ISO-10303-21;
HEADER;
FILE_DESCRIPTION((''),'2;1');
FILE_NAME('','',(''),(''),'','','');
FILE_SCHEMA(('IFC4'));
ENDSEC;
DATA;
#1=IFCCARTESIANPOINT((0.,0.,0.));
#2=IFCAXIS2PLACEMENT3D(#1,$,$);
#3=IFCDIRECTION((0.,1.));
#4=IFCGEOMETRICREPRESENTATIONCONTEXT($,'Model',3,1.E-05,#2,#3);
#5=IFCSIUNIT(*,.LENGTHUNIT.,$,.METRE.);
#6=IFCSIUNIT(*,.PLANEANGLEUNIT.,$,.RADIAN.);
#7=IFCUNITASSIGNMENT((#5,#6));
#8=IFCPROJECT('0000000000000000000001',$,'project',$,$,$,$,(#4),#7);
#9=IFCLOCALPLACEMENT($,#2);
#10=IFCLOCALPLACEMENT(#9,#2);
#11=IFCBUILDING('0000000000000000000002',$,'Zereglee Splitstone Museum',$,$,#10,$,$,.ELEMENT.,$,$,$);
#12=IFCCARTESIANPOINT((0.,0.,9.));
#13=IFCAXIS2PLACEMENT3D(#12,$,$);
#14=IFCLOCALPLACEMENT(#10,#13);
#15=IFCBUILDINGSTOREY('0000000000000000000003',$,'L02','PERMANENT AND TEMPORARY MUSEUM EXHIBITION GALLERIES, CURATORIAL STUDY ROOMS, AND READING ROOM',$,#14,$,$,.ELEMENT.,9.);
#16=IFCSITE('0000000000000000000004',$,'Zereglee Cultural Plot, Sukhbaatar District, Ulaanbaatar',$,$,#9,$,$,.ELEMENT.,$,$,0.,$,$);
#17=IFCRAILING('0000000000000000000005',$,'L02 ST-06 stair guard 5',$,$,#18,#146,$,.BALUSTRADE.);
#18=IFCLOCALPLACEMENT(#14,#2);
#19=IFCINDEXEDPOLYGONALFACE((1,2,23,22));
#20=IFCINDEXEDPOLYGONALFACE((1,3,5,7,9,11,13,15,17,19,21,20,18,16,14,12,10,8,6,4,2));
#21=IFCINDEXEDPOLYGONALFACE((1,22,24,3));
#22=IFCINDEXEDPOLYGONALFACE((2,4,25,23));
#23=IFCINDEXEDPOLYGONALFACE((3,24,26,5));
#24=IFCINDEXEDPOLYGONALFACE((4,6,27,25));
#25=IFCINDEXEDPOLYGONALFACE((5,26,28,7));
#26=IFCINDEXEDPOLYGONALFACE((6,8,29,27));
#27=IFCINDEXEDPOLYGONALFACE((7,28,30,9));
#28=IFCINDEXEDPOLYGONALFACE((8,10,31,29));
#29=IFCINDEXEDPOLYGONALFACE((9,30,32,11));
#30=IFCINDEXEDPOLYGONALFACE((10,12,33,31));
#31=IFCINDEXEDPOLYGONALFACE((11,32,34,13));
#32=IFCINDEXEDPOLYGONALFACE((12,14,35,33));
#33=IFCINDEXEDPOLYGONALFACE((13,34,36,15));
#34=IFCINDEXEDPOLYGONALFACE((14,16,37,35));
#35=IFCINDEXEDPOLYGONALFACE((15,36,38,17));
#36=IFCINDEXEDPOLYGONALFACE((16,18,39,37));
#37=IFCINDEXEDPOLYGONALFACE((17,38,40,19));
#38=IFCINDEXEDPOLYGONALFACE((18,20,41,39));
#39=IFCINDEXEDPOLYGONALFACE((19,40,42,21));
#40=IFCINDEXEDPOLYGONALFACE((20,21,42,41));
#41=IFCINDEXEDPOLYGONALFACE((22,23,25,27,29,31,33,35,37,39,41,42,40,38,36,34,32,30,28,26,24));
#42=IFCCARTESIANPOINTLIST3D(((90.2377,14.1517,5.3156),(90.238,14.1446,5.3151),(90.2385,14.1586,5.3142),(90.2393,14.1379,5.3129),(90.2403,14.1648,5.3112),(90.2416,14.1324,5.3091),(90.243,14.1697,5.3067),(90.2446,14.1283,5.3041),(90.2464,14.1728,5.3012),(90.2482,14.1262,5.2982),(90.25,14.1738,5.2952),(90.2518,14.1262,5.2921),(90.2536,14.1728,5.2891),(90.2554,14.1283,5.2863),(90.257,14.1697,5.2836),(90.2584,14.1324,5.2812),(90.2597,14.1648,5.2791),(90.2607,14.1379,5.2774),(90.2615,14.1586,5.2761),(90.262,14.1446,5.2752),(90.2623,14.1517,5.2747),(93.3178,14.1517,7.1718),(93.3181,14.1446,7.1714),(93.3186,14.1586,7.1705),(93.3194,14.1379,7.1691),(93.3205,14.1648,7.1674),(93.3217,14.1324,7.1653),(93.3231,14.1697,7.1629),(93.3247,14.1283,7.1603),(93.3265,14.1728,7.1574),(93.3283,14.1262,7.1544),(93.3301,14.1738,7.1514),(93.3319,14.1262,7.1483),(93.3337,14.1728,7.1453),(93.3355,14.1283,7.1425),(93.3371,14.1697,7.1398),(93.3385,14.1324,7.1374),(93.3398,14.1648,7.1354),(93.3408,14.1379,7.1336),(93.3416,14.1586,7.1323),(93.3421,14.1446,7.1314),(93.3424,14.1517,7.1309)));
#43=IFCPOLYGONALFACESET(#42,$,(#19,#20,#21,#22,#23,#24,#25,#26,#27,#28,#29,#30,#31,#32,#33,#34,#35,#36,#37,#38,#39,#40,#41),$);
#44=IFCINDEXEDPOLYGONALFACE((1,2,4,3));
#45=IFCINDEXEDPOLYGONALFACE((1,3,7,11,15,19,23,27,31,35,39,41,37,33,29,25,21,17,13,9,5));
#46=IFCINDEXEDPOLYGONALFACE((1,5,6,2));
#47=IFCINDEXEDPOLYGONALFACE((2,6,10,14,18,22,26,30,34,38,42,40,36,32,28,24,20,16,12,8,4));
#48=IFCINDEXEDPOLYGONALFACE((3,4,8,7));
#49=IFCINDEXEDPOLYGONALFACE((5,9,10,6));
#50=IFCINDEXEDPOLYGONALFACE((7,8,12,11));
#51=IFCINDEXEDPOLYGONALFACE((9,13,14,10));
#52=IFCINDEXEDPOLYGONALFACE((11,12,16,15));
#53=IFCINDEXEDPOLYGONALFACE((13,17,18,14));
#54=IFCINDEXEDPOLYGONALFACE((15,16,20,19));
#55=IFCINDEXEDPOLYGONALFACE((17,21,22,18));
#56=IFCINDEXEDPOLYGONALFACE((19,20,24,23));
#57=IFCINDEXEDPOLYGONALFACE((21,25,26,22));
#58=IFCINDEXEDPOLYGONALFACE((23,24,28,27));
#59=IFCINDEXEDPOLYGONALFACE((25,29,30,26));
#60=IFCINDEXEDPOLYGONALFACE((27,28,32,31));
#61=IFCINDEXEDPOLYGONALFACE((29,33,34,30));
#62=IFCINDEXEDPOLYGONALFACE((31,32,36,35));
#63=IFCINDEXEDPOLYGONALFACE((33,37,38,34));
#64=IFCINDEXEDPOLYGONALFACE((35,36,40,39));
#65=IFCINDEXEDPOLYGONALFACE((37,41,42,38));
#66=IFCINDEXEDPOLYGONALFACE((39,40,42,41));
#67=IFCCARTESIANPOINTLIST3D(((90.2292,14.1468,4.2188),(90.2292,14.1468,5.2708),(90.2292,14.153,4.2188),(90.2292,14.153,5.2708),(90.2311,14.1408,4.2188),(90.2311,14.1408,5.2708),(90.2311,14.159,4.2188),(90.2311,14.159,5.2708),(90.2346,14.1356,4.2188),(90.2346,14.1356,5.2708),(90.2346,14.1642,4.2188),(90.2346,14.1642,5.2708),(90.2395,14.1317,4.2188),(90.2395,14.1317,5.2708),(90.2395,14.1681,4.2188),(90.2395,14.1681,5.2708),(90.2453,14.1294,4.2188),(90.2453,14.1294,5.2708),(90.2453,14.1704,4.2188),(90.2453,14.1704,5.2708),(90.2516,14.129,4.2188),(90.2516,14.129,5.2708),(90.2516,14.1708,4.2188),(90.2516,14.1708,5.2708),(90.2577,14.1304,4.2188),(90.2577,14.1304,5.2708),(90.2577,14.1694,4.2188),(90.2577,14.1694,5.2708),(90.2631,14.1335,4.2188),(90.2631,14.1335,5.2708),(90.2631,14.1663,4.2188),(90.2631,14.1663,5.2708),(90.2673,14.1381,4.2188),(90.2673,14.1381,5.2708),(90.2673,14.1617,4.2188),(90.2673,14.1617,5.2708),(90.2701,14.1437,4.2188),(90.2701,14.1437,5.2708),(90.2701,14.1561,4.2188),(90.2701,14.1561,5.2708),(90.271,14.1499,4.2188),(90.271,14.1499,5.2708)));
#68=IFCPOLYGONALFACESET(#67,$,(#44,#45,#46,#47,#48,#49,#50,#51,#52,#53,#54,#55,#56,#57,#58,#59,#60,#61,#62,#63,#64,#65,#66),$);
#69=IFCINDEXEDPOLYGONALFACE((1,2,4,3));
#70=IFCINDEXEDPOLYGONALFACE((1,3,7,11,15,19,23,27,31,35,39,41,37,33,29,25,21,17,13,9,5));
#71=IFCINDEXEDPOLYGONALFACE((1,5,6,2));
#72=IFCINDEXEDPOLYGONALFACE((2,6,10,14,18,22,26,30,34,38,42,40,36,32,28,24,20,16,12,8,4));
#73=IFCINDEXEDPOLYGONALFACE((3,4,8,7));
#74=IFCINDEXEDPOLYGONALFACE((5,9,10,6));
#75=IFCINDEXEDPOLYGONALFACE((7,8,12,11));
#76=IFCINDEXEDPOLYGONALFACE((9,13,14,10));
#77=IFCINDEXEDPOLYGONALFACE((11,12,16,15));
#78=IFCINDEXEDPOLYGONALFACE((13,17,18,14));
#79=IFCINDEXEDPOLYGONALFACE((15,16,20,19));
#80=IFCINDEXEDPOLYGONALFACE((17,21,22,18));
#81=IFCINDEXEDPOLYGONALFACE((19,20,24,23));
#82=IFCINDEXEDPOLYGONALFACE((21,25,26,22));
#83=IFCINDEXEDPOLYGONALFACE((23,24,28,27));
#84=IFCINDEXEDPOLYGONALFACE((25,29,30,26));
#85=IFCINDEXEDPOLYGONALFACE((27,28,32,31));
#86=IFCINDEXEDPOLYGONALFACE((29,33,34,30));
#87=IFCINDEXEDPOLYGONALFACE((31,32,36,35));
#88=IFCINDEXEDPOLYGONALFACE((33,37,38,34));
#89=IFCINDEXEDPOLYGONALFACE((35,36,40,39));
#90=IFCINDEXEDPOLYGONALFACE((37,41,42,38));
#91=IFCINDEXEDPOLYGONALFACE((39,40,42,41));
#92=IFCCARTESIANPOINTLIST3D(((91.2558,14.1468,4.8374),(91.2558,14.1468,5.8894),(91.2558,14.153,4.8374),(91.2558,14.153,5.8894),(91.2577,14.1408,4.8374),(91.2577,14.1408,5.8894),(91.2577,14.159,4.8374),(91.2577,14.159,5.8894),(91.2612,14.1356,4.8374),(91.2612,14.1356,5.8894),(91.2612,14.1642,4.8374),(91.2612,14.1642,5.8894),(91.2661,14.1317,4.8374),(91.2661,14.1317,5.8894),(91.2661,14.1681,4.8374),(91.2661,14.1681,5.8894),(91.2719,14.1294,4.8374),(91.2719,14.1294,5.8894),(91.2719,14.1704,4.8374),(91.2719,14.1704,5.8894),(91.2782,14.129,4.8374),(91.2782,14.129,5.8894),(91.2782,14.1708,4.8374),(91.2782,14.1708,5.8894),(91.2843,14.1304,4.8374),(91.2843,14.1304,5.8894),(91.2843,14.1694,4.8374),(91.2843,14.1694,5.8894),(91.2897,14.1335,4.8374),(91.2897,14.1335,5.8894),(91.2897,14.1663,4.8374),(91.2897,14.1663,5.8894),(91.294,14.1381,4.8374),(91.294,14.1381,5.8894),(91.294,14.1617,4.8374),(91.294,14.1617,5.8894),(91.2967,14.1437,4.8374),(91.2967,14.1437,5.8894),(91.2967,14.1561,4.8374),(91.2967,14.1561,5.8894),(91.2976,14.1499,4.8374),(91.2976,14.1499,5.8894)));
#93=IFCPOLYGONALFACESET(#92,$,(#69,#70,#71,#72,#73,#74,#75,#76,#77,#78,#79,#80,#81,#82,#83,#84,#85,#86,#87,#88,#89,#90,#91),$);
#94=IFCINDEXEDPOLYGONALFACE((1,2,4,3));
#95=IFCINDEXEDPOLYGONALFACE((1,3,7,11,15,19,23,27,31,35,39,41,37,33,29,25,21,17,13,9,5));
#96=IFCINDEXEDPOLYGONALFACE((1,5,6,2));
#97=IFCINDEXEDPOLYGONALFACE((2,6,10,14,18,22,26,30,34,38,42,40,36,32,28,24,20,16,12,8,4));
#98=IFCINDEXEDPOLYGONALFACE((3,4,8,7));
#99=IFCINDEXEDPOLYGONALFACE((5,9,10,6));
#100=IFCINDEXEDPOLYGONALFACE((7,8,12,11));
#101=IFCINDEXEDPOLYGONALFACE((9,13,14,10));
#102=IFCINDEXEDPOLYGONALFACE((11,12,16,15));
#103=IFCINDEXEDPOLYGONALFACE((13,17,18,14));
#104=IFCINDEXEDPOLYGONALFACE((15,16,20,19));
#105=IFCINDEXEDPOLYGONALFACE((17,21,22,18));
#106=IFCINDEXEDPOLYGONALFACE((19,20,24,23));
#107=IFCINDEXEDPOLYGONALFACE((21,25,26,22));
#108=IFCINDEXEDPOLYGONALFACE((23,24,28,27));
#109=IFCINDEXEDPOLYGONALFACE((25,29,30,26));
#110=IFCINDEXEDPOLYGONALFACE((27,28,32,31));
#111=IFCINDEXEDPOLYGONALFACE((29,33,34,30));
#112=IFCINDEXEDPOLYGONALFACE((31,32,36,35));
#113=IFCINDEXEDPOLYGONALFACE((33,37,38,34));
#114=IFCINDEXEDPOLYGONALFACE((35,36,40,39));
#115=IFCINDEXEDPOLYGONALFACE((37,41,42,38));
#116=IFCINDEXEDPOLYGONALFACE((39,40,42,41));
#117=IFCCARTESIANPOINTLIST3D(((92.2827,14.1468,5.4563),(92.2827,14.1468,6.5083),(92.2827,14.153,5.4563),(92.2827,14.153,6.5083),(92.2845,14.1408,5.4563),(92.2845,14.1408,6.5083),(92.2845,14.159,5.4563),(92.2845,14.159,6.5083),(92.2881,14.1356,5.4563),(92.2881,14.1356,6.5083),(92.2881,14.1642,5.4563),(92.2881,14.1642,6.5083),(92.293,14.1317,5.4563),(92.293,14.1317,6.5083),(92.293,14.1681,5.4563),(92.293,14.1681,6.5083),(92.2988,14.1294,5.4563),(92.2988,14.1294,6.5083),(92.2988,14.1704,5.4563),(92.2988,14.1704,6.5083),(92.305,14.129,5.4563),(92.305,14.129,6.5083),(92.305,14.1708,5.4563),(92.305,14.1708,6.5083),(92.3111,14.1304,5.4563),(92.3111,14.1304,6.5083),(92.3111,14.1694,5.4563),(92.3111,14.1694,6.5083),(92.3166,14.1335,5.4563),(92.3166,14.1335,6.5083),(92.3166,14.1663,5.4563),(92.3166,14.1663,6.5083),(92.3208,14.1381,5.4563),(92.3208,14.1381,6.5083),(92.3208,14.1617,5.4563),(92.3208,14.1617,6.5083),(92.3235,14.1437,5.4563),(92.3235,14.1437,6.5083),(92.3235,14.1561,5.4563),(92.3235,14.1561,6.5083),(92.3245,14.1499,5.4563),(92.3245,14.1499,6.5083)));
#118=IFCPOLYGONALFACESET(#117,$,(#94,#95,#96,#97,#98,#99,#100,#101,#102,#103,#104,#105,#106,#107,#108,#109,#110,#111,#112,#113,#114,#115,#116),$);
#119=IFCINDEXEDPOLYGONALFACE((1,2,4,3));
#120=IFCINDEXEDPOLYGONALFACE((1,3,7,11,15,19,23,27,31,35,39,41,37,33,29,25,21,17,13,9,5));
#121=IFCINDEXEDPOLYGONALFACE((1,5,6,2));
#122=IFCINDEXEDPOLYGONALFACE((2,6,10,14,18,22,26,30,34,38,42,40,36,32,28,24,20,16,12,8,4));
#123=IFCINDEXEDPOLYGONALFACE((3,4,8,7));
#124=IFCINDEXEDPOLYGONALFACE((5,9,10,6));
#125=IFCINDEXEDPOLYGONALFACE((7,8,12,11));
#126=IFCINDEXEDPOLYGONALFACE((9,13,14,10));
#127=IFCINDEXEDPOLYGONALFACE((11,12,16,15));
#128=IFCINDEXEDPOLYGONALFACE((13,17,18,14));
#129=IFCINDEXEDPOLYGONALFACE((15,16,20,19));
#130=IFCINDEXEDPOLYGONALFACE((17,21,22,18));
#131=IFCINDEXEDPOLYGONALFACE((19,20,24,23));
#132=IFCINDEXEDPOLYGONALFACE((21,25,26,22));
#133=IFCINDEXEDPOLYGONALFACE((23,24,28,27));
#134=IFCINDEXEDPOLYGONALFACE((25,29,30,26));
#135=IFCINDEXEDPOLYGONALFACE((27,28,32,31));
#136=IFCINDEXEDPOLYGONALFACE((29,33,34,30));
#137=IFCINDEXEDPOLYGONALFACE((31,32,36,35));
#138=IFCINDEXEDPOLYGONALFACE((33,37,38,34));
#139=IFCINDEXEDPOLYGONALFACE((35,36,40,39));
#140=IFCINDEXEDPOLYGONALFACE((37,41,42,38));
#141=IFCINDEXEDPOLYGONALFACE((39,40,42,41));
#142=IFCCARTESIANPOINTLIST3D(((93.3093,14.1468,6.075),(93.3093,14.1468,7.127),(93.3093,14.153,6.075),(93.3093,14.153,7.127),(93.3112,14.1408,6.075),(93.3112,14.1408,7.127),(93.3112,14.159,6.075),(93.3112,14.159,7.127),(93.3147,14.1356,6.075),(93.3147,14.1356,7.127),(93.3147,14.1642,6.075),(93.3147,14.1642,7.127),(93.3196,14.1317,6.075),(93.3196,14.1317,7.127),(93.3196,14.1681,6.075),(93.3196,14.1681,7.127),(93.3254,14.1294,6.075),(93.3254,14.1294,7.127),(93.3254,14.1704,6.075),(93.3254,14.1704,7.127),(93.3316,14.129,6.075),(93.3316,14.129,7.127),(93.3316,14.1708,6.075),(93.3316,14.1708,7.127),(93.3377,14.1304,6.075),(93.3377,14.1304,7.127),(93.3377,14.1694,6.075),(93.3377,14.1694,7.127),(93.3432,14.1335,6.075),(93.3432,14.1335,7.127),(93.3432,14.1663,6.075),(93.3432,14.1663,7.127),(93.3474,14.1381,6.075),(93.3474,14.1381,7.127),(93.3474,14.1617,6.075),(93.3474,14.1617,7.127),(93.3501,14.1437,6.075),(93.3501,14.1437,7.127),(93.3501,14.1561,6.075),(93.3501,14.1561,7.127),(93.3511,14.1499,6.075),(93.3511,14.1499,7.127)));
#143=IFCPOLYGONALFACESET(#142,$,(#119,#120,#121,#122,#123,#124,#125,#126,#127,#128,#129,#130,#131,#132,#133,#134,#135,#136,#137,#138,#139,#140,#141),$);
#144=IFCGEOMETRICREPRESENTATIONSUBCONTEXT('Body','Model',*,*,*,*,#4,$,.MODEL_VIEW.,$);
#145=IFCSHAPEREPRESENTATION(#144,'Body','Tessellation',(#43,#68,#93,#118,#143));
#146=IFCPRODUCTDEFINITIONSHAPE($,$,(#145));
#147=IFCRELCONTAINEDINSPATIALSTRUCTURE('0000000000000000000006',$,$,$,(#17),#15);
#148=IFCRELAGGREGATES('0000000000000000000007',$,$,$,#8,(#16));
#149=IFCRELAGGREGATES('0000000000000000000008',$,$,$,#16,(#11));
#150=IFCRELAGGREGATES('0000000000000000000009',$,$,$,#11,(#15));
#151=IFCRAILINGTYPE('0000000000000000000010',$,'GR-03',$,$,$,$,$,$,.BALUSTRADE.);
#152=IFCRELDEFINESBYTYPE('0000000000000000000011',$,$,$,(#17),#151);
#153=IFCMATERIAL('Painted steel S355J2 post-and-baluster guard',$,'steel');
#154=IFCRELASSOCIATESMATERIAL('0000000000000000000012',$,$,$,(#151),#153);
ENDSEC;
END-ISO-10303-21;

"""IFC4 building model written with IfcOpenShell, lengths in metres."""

from ifc_helpers import new_model, si_unit, direction, frame, origin, origin_2d, place, context, subcontext, project, spatial, circle, extrude, material, type_object, element, save


model = new_model("IFC4")

# Units and contexts
model_context = context("Model", 3, precision=1e-05, world=origin(), true_north=direction((0.0, 1.0)))
body_context = subcontext(model_context, "Body", "Model", "MODEL_VIEW")
ifc_project = project(units=[si_unit("LENGTHUNIT", "METRE"), si_unit("PLANEANGLEUNIT", "RADIAN")], contexts=[model_context])

# Site, building, storey
site_placement = place(None, origin())
site = spatial("IfcSite", under=ifc_project, at=site_placement, Name="Zereglee Cultural Plot, Sukhbaatar District, Ulaanbaatar", CompositionType="ELEMENT", RefElevation=0.0)
building_placement = place(site_placement, origin())
building = spatial("IfcBuilding", under=site, at=building_placement, Name="Zereglee Splitstone Museum", CompositionType="ELEMENT")
storey_placement = place(building_placement, frame((0.0, 0.0, 9.0)))
storey = spatial("IfcBuildingStorey", under=building, at=storey_placement, Name="L02", Description="PERMANENT AND TEMPORARY MUSEUM EXHIBITION GALLERIES, CURATORIAL STUDY ROOMS, AND READING ROOM", CompositionType="ELEMENT", Elevation=9.0)

# Railing
ifc_material_1 = material(Name="Painted steel S355J2 post-and-baluster guard", Category="steel")
railing_type_1 = type_object("IfcRailingType", Name="GR-03", PredefinedType="BALUSTRADE", material=ifc_material_1)
railing_1_placement = place(storey_placement, frame((90.25, 14.1499, 4.2188)))
element("IfcRailing", 1, at=railing_1_placement, inside=storey, type_object=railing_type_1, Name="L02 ST-06 stair guard 5", PredefinedType="BALUSTRADE", context=body_context, shape_type="SweptSolid", body=[
    extrude(circle(Radius=0.0239, at=origin_2d()), frame((0.0, 0.0, 1.0764), z_axis=(0.856491, 0.0, 0.516162), x_axis=(0.0, 1.0, 0.0)), (0.0, 0.0, 1.0), 3.5962),
    extrude(circle(Radius=0.021, at=origin_2d()), origin(), (0.0, 0.0, 1.0), 1.052),
    extrude(circle(Radius=0.021, at=origin_2d()), frame((1.0266, 0.0, 0.6187)), (0.0, 0.0, 1.0), 1.052),
    extrude(circle(Radius=0.021, at=origin_2d()), frame((2.0535, 0.0, 1.2375)), (0.0, 0.0, 1.0), 1.052),
    extrude(circle(Radius=0.021, at=origin_2d()), frame((3.0801, 0.0, 1.8562)), (0.0, 0.0, 1.0), 1.052),
])

save(model, "model.ifc")
